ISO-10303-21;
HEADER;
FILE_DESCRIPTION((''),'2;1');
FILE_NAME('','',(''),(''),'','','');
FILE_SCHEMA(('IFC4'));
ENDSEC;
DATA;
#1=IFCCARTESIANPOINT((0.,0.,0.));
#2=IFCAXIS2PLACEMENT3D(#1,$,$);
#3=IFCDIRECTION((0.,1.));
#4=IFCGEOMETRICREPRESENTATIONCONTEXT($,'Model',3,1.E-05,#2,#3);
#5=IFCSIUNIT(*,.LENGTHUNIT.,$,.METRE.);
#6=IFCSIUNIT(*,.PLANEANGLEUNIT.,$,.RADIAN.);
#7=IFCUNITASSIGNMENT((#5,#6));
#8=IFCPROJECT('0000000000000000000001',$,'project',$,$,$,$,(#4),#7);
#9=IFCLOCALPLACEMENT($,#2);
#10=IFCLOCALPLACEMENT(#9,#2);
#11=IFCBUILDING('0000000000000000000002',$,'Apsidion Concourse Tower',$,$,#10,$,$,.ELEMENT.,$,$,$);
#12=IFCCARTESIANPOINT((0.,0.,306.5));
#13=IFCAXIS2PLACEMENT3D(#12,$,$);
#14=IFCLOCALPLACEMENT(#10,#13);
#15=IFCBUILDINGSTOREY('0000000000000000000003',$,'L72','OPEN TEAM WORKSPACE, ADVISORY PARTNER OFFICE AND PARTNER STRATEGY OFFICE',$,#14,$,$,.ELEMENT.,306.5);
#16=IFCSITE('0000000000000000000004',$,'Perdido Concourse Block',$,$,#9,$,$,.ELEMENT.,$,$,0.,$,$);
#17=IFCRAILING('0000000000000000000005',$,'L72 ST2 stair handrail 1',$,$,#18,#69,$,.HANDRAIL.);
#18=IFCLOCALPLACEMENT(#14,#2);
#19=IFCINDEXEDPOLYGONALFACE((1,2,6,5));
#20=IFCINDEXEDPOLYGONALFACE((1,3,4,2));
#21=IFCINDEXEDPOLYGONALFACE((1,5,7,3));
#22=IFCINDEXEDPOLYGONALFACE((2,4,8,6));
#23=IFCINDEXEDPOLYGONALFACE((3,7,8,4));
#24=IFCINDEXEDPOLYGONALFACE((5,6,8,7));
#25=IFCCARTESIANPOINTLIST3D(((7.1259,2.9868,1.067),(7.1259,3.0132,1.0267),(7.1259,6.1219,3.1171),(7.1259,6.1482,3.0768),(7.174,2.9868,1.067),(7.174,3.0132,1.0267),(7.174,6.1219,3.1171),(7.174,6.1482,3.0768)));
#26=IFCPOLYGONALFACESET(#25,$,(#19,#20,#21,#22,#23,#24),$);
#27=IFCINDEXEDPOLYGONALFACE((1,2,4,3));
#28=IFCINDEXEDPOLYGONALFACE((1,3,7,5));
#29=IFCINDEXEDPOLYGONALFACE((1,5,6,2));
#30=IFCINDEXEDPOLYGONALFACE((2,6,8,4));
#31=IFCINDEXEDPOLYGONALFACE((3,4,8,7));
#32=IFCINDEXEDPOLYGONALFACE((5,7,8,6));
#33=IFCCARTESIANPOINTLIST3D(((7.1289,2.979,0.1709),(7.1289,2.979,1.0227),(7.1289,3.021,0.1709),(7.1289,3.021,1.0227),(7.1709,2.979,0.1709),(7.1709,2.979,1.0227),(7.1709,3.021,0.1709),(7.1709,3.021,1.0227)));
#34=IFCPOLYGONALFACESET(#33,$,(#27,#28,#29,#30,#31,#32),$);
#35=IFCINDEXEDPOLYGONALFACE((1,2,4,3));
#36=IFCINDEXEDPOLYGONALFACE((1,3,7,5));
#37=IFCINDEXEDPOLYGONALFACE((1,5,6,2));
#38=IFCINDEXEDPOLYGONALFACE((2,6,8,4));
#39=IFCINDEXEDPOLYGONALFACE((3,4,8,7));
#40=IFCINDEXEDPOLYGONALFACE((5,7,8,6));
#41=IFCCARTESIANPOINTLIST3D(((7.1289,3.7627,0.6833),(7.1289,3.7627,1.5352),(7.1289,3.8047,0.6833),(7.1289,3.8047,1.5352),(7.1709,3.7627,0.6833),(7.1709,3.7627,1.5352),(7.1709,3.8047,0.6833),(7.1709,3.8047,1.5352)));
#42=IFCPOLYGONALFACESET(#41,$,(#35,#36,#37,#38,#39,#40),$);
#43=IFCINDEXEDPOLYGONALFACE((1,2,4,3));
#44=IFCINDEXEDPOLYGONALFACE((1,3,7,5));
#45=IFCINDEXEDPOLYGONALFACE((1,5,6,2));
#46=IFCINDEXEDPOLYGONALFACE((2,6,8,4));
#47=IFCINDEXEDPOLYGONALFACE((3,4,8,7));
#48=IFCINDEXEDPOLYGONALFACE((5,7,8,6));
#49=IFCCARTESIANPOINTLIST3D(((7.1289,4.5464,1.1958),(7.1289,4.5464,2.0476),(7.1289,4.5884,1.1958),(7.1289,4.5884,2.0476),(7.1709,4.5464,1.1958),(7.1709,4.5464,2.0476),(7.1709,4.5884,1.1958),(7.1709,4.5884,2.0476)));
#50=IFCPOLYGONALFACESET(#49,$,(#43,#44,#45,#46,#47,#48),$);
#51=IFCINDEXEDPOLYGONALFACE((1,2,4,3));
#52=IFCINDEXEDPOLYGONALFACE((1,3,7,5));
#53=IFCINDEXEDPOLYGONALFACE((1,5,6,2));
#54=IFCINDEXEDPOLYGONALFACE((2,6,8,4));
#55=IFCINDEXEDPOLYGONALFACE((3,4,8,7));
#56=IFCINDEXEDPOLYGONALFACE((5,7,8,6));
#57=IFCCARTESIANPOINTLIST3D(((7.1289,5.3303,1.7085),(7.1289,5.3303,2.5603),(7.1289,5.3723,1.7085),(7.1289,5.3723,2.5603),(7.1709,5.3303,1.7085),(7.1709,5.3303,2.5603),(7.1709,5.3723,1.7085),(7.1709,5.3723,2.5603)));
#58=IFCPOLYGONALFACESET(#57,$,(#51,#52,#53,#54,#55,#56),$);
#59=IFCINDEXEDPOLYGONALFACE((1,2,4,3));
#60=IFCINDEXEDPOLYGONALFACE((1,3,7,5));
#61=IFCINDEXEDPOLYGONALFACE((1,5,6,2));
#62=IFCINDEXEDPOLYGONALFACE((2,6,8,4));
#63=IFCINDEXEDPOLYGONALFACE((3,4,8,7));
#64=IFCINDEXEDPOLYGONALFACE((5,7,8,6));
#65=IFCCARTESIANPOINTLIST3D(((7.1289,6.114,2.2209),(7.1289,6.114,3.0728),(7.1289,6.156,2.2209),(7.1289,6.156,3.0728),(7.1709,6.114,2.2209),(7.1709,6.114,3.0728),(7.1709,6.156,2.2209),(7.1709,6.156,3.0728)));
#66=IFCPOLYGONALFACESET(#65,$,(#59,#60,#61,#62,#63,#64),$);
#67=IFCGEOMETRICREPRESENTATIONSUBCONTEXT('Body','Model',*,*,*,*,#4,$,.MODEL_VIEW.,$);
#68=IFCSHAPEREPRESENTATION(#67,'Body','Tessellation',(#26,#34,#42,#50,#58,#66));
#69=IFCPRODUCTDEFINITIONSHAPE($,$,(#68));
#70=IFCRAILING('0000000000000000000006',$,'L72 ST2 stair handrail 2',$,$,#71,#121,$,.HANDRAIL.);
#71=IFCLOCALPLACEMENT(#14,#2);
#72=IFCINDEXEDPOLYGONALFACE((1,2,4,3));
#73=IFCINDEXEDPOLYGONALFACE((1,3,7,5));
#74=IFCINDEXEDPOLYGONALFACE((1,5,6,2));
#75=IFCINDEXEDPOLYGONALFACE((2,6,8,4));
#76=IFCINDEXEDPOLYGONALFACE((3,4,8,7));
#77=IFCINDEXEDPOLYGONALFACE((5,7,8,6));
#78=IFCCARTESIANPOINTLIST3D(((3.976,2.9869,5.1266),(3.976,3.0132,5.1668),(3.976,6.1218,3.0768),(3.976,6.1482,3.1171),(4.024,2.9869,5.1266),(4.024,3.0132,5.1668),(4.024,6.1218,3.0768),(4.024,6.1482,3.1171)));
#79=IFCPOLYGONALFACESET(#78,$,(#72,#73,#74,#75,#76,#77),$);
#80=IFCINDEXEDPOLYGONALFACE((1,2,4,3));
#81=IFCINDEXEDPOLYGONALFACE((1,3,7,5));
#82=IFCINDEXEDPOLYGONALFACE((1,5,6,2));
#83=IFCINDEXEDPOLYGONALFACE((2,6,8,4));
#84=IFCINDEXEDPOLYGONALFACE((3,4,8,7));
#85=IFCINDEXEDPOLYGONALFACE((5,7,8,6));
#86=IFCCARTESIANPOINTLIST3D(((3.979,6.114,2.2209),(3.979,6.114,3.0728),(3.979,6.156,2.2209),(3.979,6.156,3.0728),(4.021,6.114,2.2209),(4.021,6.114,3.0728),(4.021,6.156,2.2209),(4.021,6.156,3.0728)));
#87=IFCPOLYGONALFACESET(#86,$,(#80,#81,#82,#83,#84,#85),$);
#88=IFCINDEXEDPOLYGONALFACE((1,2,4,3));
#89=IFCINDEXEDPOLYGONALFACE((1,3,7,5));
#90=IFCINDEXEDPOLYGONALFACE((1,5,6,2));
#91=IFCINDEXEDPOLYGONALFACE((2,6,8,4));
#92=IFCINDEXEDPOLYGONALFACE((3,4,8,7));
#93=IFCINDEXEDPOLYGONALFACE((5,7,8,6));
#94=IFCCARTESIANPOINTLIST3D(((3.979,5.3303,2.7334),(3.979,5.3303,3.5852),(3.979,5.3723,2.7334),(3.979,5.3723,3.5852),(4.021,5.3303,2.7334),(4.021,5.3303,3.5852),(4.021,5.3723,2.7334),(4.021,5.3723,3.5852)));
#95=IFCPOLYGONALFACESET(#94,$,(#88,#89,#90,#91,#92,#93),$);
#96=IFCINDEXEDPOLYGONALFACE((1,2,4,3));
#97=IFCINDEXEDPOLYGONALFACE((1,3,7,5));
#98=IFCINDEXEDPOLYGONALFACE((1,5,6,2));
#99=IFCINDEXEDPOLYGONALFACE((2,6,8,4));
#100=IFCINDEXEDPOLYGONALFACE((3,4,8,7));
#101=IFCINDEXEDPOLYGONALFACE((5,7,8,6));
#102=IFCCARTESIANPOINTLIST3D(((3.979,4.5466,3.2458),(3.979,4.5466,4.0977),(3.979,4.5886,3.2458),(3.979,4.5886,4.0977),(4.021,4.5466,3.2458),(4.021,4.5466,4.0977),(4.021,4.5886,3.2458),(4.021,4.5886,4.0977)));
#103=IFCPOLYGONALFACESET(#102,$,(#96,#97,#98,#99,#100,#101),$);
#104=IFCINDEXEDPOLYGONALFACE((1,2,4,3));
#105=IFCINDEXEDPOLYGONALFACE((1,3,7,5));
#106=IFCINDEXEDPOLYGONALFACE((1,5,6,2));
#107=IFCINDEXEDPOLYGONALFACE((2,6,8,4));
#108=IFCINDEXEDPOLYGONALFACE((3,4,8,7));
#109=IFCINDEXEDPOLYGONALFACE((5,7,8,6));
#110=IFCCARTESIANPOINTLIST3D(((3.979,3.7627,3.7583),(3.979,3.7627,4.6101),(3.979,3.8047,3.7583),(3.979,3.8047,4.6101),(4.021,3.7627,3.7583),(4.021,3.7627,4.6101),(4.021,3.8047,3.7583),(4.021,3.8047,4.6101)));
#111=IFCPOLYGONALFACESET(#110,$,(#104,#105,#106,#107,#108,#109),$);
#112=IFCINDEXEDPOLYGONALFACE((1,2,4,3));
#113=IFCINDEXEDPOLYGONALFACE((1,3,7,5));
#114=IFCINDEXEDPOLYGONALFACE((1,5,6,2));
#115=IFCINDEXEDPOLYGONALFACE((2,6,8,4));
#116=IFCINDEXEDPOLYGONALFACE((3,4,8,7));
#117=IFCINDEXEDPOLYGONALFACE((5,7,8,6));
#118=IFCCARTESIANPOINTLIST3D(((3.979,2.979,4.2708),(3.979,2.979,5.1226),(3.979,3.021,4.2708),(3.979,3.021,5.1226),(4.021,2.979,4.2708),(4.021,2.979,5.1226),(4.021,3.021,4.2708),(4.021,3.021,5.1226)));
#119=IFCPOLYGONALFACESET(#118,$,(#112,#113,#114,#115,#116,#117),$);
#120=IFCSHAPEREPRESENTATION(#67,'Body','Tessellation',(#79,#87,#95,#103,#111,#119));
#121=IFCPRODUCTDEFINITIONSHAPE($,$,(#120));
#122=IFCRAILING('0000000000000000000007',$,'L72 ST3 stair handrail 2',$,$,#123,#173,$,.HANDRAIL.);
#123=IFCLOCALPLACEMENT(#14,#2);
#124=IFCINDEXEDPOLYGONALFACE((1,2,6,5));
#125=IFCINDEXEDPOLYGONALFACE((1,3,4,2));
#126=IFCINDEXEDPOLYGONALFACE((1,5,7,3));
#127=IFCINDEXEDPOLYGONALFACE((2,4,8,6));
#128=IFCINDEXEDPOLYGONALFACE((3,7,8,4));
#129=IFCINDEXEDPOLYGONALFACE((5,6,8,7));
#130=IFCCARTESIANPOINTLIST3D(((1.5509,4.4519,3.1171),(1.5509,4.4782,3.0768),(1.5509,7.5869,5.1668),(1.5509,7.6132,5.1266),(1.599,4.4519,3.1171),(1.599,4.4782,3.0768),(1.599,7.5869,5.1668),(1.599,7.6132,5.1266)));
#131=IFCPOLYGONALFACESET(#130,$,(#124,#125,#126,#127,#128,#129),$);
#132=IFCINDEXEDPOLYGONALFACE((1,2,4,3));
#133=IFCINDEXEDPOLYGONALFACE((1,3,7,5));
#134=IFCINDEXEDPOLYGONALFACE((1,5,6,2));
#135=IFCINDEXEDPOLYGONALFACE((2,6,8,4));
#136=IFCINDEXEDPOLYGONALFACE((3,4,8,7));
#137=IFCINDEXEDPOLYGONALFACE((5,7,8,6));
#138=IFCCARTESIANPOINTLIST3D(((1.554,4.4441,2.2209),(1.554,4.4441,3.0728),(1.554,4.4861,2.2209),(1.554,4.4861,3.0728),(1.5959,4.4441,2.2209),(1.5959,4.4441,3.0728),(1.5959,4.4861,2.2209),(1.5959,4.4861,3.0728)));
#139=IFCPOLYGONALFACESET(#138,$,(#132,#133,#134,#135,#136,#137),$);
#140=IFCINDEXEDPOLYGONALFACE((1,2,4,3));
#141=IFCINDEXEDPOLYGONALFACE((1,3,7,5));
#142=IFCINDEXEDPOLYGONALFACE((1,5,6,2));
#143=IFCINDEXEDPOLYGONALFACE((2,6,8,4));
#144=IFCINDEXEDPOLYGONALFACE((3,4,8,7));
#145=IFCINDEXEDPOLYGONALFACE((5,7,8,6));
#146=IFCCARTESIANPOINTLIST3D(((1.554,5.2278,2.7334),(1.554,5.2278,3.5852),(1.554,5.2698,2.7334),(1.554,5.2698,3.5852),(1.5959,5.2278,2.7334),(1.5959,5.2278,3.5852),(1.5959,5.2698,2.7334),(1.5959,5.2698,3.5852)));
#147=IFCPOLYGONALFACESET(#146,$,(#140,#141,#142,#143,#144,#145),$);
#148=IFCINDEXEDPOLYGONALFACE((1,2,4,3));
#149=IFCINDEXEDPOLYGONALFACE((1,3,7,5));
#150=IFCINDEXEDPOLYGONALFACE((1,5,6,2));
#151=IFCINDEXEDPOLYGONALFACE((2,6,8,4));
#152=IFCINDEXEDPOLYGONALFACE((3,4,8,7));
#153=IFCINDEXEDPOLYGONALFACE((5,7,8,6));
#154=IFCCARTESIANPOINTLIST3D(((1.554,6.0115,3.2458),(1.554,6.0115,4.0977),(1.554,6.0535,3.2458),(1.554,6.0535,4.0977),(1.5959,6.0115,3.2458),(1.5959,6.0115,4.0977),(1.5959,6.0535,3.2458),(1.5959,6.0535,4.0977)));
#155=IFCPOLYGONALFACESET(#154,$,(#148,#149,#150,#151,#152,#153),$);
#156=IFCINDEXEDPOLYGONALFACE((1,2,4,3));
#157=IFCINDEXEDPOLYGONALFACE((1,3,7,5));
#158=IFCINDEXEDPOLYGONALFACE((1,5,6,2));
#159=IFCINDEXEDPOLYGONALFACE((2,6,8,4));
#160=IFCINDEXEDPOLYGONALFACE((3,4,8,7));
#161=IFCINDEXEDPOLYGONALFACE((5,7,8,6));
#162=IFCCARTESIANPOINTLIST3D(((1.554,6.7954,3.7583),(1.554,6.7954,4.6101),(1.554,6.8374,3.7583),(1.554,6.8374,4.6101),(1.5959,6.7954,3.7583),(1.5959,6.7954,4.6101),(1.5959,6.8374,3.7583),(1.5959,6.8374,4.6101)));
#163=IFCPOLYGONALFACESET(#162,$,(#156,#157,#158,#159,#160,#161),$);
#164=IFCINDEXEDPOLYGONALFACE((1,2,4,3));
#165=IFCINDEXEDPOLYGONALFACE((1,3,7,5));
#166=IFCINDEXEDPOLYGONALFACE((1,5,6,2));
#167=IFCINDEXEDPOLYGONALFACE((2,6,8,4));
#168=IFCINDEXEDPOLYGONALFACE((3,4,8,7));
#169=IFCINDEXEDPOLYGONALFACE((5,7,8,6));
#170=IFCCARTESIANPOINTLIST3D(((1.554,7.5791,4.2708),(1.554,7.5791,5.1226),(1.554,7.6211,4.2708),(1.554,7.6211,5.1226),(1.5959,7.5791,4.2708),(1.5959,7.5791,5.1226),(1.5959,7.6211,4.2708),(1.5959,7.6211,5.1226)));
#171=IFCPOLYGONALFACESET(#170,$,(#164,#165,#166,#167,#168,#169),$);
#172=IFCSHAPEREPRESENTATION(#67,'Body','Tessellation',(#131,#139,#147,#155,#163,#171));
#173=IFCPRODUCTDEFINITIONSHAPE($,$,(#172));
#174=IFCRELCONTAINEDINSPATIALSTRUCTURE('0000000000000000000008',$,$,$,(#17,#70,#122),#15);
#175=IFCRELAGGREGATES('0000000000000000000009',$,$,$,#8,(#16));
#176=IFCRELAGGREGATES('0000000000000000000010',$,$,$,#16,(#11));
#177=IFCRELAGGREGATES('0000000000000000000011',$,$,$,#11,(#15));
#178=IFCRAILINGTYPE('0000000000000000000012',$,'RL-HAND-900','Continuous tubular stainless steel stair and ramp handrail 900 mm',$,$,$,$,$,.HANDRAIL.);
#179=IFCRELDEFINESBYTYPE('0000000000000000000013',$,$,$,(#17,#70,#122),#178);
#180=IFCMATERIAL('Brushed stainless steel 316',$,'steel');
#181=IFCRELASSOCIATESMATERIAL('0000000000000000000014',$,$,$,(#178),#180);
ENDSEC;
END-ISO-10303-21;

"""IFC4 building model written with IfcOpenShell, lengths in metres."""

from ifc_helpers import new_model, si_unit, direction, frame, origin, origin_2d, place, context, subcontext, project, spatial, rectangle, extrude, material, type_object, element, save


model = new_model("IFC4")

# Units and contexts
model_context = context("Model", 3, precision=1e-05, world=origin(), true_north=direction((0.0, 1.0)))
body_context = subcontext(model_context, "Body", "Model", "MODEL_VIEW")
ifc_project = project(units=[si_unit("LENGTHUNIT", "METRE"), si_unit("PLANEANGLEUNIT", "RADIAN")], contexts=[model_context])

# Site, building, storey
site_placement = place(None, origin())
site = spatial("IfcSite", under=ifc_project, at=site_placement, Name="Perdido Concourse Block", CompositionType="ELEMENT", RefElevation=0.0)
building_placement = place(site_placement, origin())
building = spatial("IfcBuilding", under=site, at=building_placement, Name="Apsidion Concourse Tower", CompositionType="ELEMENT")
storey_placement = place(building_placement, frame((0.0, 0.0, 306.5)))
storey = spatial("IfcBuildingStorey", under=building, at=storey_placement, Name="L72", Description="OPEN TEAM WORKSPACE, ADVISORY PARTNER OFFICE AND PARTNER STRATEGY OFFICE", CompositionType="ELEMENT", Elevation=306.5)

# Railings
ifc_material_1 = material(Name="Brushed stainless steel 316", Category="steel")
railing_type_1 = type_object("IfcRailingType", Name="RL-HAND-900", Description="Continuous tubular stainless steel stair and ramp handrail 900 mm", PredefinedType="HANDRAIL", material=ifc_material_1)
railing_1_placement = place(storey_placement, frame((7.1499, 3.0, 0.1709)))
element("IfcRailing", 1, at=railing_1_placement, inside=storey, type_object=railing_type_1, Name="L72 ST2 stair handrail 1", PredefinedType="HANDRAIL", context=body_context, shape_type="SweptSolid", body=[
    extrude(rectangle(XDim=0.0481, YDim=0.0481, at=origin_2d()), frame((0.0, 0.0, 0.876), z_axis=(0.0, 0.836941, 0.547293), x_axis=(-1.0, 0.0, 0.0)), (0.0, 0.0, 1.0), 3.7458),
    extrude(rectangle(XDim=0.042, YDim=0.042, at=origin_2d()), origin(), (0.0, 0.0, 1.0), 0.8518),
    extrude(rectangle(XDim=0.042, YDim=0.042, at=origin_2d()), frame((0.0, 0.7837, 0.5125)), (0.0, 0.0, 1.0), 0.8518),
    extrude(rectangle(XDim=0.042, YDim=0.042, at=origin_2d()), frame((0.0, 1.5674, 1.0249)), (0.0, 0.0, 1.0), 0.8518),
    extrude(rectangle(XDim=0.042, YDim=0.042, at=origin_2d()), frame((0.0, 2.3513, 1.5376)), (0.0, 0.0, 1.0), 0.8518),
    extrude(rectangle(XDim=0.042, YDim=0.042, at=origin_2d()), frame((0.0, 3.135, 2.05)), (0.0, 0.0, 1.0), 0.8518),
])
railing_2_placement = place(storey_placement, frame((4.0, 6.135, 2.2209)))
element("IfcRailing", 2, at=railing_2_placement, inside=storey, type_object=railing_type_1, Name="L72 ST2 stair handrail 2", PredefinedType="HANDRAIL", context=body_context, shape_type="SweptSolid", body=[
    extrude(rectangle(XDim=0.0481, YDim=0.0481, at=origin_2d()), frame((0.0, 0.0, 0.876), z_axis=(0.0, -0.836971, 0.547248), x_axis=(1.0, 0.0, 0.0)), (0.0, 0.0, 1.0), 3.7456),
    extrude(rectangle(XDim=0.042, YDim=0.042, at=origin_2d()), origin(), (0.0, 0.0, 1.0), 0.8518),
    extrude(rectangle(XDim=0.042, YDim=0.042, at=origin_2d()), frame((0.0, -0.7837, 0.5125)), (0.0, 0.0, 1.0), 0.8518),
    extrude(rectangle(XDim=0.042, YDim=0.042, at=origin_2d()), frame((0.0, -1.5674, 1.0249)), (0.0, 0.0, 1.0), 0.8518),
    extrude(rectangle(XDim=0.042, YDim=0.042, at=origin_2d()), frame((0.0, -2.3513, 1.5374)), (0.0, 0.0, 1.0), 0.8518),
    extrude(rectangle(XDim=0.042, YDim=0.042, at=origin_2d()), frame((0.0, -3.135, 2.0498)), (0.0, 0.0, 1.0), 0.8518),
])
railing_3_placement = place(storey_placement, frame((1.575, 4.4651, 2.2209)))
element("IfcRailing", 3, at=railing_3_placement, inside=storey, type_object=railing_type_1, Name="L72 ST3 stair handrail 2", PredefinedType="HANDRAIL", context=body_context, shape_type="SweptSolid", body=[
    extrude(rectangle(XDim=0.0481, YDim=0.0481, at=origin_2d()), frame((0.0, 0.0, 0.876), z_axis=(0.0, 0.836971, 0.547248), x_axis=(-1.0, 0.0, 0.0)), (0.0, 0.0, 1.0), 3.7456),
    extrude(rectangle(XDim=0.042, YDim=0.042, at=origin_2d()), origin(), (0.0, 0.0, 1.0), 0.8518),
    extrude(rectangle(XDim=0.042, YDim=0.042, at=origin_2d()), frame((0.0, 0.7837, 0.5125)), (0.0, 0.0, 1.0), 0.8518),
    extrude(rectangle(XDim=0.042, YDim=0.042, at=origin_2d()), frame((0.0, 1.5674, 1.0249)), (0.0, 0.0, 1.0), 0.8518),
    extrude(rectangle(XDim=0.042, YDim=0.042, at=origin_2d()), frame((0.0, 2.3513, 1.5374)), (0.0, 0.0, 1.0), 0.8518),
    extrude(rectangle(XDim=0.042, YDim=0.042, at=origin_2d()), frame((0.0, 3.135, 2.0498)), (0.0, 0.0, 1.0), 0.8518),
])

save(model, "model.ifc")
